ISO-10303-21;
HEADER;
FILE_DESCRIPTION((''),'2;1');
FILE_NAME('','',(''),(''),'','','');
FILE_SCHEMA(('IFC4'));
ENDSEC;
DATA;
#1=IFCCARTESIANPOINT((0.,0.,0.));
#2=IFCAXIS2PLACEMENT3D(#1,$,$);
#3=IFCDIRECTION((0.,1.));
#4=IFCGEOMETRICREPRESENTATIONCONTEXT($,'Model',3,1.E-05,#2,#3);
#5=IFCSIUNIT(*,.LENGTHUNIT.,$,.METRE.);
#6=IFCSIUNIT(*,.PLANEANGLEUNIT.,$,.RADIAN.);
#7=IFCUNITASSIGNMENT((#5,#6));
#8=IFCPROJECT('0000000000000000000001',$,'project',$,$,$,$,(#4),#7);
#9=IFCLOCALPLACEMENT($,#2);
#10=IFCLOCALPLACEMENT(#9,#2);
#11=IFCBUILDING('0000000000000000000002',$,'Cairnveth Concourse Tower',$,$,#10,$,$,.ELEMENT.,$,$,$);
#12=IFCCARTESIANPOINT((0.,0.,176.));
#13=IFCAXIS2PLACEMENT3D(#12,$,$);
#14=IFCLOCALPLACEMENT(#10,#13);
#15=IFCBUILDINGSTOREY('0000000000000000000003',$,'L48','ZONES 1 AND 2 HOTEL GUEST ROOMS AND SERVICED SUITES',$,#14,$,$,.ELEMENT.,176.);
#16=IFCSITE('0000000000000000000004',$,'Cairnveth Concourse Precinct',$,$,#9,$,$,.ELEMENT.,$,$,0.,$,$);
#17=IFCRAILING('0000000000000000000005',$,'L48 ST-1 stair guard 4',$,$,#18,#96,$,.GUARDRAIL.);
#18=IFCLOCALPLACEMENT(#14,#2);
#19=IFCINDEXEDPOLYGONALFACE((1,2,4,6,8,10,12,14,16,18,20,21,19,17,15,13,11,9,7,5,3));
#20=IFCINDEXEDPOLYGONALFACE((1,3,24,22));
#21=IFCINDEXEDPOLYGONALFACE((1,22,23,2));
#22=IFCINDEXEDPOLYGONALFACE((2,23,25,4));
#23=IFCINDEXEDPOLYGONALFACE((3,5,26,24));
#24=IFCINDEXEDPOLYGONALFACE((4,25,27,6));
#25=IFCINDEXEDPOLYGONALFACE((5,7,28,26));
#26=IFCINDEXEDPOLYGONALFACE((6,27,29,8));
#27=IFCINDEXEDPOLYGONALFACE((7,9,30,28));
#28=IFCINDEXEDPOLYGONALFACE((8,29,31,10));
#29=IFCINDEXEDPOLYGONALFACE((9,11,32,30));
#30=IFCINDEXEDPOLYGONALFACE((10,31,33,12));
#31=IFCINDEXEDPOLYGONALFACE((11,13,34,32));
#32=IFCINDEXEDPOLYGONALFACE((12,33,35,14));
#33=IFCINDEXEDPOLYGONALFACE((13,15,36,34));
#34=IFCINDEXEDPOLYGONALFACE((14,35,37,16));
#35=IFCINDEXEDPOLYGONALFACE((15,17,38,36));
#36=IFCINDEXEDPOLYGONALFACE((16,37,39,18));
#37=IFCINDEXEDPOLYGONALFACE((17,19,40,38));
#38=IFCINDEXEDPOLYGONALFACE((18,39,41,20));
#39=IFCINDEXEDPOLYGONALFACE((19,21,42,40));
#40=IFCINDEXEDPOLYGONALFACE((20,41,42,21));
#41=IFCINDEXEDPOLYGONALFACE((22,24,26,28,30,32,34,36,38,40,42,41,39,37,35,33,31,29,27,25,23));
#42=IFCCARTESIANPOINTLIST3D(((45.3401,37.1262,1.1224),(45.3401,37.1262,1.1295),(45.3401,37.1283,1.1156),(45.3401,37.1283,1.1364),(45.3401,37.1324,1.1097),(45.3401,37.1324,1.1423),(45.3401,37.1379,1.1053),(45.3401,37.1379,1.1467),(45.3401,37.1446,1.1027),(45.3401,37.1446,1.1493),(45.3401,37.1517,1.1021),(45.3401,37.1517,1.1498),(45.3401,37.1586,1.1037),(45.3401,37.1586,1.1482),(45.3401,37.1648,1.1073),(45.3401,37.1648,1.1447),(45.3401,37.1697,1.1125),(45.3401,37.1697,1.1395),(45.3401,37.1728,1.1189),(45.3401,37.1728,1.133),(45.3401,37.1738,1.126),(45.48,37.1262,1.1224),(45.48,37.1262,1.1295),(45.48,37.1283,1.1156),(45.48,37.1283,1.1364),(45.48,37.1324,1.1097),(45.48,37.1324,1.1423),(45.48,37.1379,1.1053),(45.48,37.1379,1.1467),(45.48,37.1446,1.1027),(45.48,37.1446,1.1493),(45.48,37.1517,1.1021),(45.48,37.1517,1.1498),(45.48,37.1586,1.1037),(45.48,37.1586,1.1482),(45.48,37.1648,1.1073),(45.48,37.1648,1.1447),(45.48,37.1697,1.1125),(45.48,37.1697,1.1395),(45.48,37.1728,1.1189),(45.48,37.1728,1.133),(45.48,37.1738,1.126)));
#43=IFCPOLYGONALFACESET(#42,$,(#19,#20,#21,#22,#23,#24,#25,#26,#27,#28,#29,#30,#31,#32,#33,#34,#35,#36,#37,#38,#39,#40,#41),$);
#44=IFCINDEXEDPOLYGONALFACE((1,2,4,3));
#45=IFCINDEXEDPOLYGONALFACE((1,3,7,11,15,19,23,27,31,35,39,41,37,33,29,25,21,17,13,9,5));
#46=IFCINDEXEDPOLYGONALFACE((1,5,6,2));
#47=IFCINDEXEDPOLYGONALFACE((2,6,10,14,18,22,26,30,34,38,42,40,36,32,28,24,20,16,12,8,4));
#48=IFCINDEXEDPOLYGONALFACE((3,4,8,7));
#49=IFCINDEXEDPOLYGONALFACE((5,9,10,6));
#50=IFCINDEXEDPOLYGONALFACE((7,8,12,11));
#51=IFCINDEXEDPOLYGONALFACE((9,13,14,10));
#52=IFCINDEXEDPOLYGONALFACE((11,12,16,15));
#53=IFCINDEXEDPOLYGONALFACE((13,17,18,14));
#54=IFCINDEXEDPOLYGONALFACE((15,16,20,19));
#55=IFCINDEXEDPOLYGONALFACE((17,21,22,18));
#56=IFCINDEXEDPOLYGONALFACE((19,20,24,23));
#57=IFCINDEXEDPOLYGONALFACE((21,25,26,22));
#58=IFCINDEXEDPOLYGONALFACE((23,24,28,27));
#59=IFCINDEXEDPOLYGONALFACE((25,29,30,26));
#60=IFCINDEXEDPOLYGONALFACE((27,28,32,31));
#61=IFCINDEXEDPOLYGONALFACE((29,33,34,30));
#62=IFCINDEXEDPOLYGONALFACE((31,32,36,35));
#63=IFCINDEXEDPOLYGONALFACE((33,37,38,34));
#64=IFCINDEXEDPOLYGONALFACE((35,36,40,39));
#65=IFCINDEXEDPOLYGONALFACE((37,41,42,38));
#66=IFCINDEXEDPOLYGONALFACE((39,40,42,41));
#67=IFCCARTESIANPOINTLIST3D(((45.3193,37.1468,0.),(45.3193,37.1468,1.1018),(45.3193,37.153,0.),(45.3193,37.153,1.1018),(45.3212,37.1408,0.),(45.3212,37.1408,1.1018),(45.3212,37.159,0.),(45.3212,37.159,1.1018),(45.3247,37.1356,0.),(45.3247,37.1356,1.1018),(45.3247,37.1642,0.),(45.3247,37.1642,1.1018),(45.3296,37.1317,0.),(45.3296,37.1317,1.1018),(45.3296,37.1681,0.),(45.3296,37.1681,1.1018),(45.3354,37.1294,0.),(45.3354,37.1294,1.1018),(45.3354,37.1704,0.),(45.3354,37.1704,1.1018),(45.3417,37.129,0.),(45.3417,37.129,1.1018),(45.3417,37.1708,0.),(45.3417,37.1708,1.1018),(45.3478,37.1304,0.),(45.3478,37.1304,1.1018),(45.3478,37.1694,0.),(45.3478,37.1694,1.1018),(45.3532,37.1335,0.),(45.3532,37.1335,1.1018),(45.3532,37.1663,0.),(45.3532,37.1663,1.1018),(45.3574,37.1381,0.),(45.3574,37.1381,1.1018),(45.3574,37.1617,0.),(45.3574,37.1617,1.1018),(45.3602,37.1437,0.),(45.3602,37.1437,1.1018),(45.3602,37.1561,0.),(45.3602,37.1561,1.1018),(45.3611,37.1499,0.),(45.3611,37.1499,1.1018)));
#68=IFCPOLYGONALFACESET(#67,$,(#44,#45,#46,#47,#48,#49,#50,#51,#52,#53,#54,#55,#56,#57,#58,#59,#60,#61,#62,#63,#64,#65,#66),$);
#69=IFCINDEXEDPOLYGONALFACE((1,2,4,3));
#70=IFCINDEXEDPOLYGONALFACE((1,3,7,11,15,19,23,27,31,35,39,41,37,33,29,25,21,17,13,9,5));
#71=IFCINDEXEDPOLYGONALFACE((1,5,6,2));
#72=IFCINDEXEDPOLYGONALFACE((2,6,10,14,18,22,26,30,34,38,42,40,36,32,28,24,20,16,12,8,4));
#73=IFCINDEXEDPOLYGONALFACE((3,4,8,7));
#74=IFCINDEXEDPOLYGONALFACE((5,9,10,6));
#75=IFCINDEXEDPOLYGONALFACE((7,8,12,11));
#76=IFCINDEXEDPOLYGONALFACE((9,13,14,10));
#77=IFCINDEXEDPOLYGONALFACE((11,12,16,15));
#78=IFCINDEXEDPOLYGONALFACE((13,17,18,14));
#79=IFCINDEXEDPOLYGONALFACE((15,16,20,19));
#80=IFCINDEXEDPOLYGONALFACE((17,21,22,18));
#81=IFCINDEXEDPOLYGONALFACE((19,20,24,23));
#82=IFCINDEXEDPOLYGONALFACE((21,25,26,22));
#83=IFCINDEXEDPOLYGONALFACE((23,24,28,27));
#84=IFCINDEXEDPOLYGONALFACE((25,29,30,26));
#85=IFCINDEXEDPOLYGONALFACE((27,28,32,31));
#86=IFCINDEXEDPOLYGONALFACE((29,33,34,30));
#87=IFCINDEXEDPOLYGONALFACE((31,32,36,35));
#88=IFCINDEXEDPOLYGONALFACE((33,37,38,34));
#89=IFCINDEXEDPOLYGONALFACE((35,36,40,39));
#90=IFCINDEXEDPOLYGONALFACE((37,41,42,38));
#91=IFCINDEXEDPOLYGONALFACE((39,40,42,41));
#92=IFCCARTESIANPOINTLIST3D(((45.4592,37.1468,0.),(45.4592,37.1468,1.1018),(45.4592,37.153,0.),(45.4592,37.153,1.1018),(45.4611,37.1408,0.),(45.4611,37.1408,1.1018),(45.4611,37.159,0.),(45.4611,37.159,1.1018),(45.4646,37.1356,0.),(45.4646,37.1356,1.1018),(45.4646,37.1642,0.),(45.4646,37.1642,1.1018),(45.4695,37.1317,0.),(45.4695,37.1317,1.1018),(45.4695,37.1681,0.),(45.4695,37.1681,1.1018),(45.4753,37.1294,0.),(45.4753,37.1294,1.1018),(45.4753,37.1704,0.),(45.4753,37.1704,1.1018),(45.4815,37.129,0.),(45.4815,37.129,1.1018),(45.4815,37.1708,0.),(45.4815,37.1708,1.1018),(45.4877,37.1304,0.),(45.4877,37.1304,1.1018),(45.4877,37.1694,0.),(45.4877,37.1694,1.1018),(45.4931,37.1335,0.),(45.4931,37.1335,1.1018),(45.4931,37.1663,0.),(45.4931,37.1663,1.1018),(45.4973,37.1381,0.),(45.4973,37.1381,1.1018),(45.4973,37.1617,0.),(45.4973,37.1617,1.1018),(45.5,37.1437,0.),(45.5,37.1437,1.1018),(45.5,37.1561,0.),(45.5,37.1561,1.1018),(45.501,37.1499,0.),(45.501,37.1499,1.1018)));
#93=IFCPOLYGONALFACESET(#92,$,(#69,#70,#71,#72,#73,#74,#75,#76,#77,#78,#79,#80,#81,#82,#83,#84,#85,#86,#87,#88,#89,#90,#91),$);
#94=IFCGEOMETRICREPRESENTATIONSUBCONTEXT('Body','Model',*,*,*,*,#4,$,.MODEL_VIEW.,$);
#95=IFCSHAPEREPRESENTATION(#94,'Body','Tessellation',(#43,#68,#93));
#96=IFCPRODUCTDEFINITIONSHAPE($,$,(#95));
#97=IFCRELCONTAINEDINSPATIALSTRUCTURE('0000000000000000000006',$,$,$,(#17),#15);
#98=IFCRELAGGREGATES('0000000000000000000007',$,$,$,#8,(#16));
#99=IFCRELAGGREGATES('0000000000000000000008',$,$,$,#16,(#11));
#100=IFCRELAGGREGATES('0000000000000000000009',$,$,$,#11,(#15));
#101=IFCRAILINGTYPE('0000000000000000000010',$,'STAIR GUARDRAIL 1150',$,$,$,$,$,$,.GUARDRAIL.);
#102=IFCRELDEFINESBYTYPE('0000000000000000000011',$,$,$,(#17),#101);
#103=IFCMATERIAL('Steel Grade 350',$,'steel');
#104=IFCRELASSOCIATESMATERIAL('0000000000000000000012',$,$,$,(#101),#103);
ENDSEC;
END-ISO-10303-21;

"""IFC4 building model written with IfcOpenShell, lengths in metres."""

from ifc_helpers import new_model, si_unit, direction, frame, origin, origin_2d, place, context, subcontext, project, spatial, circle, extrude, material, type_object, element, save


model = new_model("IFC4")

# Units and contexts
model_context = context("Model", 3, precision=1e-05, world=origin(), true_north=direction((0.0, 1.0)))
body_context = subcontext(model_context, "Body", "Model", "MODEL_VIEW")
ifc_project = project(units=[si_unit("LENGTHUNIT", "METRE"), si_unit("PLANEANGLEUNIT", "RADIAN")], contexts=[model_context])

# Site, building, storey
site_placement = place(None, origin())
site = spatial("IfcSite", under=ifc_project, at=site_placement, Name="Cairnveth Concourse Precinct", CompositionType="ELEMENT", RefElevation=0.0)
building_placement = place(site_placement, origin())
building = spatial("IfcBuilding", under=site, at=building_placement, Name="Cairnveth Concourse Tower", CompositionType="ELEMENT")
storey_placement = place(building_placement, frame((0.0, 0.0, 176.0)))
storey = spatial("IfcBuildingStorey", under=building, at=storey_placement, Name="L48", Description="ZONES 1 AND 2 HOTEL GUEST ROOMS AND SERVICED SUITES", CompositionType="ELEMENT", Elevation=176.0)

# Shared definitions
ifc_material_1 = material(Name="Steel Grade 350", Category="steel")

# Railing
railing_type_1 = type_object("IfcRailingType", Name="STAIR GUARDRAIL 1150", PredefinedType="GUARDRAIL", material=ifc_material_1)
railing_1_placement = place(storey_placement, frame((45.3401, 37.1499, 0.0)))
element("IfcRailing", 1, at=railing_1_placement, inside=storey, type_object=railing_type_1, Name="L48 ST-1 stair guard 4", PredefinedType="GUARDRAIL", context=body_context, shape_type="SweptSolid", body=[
    extrude(circle(Radius=0.0239, at=origin_2d()), frame((0.0, 0.0, 1.126), z_axis=(1.0, 0.0, 0.0), x_axis=(0.0, 1.0, 0.0)), (0.0, 0.0, 1.0), 0.1399),
    extrude(circle(Radius=0.021, at=origin_2d()), origin(), (0.0, 0.0, 1.0), 1.1018),
    extrude(circle(Radius=0.021, at=origin_2d()), frame((0.1399, 0.0, 0.0)), (0.0, 0.0, 1.0), 1.1018),
])

save(model, "model.ifc")
